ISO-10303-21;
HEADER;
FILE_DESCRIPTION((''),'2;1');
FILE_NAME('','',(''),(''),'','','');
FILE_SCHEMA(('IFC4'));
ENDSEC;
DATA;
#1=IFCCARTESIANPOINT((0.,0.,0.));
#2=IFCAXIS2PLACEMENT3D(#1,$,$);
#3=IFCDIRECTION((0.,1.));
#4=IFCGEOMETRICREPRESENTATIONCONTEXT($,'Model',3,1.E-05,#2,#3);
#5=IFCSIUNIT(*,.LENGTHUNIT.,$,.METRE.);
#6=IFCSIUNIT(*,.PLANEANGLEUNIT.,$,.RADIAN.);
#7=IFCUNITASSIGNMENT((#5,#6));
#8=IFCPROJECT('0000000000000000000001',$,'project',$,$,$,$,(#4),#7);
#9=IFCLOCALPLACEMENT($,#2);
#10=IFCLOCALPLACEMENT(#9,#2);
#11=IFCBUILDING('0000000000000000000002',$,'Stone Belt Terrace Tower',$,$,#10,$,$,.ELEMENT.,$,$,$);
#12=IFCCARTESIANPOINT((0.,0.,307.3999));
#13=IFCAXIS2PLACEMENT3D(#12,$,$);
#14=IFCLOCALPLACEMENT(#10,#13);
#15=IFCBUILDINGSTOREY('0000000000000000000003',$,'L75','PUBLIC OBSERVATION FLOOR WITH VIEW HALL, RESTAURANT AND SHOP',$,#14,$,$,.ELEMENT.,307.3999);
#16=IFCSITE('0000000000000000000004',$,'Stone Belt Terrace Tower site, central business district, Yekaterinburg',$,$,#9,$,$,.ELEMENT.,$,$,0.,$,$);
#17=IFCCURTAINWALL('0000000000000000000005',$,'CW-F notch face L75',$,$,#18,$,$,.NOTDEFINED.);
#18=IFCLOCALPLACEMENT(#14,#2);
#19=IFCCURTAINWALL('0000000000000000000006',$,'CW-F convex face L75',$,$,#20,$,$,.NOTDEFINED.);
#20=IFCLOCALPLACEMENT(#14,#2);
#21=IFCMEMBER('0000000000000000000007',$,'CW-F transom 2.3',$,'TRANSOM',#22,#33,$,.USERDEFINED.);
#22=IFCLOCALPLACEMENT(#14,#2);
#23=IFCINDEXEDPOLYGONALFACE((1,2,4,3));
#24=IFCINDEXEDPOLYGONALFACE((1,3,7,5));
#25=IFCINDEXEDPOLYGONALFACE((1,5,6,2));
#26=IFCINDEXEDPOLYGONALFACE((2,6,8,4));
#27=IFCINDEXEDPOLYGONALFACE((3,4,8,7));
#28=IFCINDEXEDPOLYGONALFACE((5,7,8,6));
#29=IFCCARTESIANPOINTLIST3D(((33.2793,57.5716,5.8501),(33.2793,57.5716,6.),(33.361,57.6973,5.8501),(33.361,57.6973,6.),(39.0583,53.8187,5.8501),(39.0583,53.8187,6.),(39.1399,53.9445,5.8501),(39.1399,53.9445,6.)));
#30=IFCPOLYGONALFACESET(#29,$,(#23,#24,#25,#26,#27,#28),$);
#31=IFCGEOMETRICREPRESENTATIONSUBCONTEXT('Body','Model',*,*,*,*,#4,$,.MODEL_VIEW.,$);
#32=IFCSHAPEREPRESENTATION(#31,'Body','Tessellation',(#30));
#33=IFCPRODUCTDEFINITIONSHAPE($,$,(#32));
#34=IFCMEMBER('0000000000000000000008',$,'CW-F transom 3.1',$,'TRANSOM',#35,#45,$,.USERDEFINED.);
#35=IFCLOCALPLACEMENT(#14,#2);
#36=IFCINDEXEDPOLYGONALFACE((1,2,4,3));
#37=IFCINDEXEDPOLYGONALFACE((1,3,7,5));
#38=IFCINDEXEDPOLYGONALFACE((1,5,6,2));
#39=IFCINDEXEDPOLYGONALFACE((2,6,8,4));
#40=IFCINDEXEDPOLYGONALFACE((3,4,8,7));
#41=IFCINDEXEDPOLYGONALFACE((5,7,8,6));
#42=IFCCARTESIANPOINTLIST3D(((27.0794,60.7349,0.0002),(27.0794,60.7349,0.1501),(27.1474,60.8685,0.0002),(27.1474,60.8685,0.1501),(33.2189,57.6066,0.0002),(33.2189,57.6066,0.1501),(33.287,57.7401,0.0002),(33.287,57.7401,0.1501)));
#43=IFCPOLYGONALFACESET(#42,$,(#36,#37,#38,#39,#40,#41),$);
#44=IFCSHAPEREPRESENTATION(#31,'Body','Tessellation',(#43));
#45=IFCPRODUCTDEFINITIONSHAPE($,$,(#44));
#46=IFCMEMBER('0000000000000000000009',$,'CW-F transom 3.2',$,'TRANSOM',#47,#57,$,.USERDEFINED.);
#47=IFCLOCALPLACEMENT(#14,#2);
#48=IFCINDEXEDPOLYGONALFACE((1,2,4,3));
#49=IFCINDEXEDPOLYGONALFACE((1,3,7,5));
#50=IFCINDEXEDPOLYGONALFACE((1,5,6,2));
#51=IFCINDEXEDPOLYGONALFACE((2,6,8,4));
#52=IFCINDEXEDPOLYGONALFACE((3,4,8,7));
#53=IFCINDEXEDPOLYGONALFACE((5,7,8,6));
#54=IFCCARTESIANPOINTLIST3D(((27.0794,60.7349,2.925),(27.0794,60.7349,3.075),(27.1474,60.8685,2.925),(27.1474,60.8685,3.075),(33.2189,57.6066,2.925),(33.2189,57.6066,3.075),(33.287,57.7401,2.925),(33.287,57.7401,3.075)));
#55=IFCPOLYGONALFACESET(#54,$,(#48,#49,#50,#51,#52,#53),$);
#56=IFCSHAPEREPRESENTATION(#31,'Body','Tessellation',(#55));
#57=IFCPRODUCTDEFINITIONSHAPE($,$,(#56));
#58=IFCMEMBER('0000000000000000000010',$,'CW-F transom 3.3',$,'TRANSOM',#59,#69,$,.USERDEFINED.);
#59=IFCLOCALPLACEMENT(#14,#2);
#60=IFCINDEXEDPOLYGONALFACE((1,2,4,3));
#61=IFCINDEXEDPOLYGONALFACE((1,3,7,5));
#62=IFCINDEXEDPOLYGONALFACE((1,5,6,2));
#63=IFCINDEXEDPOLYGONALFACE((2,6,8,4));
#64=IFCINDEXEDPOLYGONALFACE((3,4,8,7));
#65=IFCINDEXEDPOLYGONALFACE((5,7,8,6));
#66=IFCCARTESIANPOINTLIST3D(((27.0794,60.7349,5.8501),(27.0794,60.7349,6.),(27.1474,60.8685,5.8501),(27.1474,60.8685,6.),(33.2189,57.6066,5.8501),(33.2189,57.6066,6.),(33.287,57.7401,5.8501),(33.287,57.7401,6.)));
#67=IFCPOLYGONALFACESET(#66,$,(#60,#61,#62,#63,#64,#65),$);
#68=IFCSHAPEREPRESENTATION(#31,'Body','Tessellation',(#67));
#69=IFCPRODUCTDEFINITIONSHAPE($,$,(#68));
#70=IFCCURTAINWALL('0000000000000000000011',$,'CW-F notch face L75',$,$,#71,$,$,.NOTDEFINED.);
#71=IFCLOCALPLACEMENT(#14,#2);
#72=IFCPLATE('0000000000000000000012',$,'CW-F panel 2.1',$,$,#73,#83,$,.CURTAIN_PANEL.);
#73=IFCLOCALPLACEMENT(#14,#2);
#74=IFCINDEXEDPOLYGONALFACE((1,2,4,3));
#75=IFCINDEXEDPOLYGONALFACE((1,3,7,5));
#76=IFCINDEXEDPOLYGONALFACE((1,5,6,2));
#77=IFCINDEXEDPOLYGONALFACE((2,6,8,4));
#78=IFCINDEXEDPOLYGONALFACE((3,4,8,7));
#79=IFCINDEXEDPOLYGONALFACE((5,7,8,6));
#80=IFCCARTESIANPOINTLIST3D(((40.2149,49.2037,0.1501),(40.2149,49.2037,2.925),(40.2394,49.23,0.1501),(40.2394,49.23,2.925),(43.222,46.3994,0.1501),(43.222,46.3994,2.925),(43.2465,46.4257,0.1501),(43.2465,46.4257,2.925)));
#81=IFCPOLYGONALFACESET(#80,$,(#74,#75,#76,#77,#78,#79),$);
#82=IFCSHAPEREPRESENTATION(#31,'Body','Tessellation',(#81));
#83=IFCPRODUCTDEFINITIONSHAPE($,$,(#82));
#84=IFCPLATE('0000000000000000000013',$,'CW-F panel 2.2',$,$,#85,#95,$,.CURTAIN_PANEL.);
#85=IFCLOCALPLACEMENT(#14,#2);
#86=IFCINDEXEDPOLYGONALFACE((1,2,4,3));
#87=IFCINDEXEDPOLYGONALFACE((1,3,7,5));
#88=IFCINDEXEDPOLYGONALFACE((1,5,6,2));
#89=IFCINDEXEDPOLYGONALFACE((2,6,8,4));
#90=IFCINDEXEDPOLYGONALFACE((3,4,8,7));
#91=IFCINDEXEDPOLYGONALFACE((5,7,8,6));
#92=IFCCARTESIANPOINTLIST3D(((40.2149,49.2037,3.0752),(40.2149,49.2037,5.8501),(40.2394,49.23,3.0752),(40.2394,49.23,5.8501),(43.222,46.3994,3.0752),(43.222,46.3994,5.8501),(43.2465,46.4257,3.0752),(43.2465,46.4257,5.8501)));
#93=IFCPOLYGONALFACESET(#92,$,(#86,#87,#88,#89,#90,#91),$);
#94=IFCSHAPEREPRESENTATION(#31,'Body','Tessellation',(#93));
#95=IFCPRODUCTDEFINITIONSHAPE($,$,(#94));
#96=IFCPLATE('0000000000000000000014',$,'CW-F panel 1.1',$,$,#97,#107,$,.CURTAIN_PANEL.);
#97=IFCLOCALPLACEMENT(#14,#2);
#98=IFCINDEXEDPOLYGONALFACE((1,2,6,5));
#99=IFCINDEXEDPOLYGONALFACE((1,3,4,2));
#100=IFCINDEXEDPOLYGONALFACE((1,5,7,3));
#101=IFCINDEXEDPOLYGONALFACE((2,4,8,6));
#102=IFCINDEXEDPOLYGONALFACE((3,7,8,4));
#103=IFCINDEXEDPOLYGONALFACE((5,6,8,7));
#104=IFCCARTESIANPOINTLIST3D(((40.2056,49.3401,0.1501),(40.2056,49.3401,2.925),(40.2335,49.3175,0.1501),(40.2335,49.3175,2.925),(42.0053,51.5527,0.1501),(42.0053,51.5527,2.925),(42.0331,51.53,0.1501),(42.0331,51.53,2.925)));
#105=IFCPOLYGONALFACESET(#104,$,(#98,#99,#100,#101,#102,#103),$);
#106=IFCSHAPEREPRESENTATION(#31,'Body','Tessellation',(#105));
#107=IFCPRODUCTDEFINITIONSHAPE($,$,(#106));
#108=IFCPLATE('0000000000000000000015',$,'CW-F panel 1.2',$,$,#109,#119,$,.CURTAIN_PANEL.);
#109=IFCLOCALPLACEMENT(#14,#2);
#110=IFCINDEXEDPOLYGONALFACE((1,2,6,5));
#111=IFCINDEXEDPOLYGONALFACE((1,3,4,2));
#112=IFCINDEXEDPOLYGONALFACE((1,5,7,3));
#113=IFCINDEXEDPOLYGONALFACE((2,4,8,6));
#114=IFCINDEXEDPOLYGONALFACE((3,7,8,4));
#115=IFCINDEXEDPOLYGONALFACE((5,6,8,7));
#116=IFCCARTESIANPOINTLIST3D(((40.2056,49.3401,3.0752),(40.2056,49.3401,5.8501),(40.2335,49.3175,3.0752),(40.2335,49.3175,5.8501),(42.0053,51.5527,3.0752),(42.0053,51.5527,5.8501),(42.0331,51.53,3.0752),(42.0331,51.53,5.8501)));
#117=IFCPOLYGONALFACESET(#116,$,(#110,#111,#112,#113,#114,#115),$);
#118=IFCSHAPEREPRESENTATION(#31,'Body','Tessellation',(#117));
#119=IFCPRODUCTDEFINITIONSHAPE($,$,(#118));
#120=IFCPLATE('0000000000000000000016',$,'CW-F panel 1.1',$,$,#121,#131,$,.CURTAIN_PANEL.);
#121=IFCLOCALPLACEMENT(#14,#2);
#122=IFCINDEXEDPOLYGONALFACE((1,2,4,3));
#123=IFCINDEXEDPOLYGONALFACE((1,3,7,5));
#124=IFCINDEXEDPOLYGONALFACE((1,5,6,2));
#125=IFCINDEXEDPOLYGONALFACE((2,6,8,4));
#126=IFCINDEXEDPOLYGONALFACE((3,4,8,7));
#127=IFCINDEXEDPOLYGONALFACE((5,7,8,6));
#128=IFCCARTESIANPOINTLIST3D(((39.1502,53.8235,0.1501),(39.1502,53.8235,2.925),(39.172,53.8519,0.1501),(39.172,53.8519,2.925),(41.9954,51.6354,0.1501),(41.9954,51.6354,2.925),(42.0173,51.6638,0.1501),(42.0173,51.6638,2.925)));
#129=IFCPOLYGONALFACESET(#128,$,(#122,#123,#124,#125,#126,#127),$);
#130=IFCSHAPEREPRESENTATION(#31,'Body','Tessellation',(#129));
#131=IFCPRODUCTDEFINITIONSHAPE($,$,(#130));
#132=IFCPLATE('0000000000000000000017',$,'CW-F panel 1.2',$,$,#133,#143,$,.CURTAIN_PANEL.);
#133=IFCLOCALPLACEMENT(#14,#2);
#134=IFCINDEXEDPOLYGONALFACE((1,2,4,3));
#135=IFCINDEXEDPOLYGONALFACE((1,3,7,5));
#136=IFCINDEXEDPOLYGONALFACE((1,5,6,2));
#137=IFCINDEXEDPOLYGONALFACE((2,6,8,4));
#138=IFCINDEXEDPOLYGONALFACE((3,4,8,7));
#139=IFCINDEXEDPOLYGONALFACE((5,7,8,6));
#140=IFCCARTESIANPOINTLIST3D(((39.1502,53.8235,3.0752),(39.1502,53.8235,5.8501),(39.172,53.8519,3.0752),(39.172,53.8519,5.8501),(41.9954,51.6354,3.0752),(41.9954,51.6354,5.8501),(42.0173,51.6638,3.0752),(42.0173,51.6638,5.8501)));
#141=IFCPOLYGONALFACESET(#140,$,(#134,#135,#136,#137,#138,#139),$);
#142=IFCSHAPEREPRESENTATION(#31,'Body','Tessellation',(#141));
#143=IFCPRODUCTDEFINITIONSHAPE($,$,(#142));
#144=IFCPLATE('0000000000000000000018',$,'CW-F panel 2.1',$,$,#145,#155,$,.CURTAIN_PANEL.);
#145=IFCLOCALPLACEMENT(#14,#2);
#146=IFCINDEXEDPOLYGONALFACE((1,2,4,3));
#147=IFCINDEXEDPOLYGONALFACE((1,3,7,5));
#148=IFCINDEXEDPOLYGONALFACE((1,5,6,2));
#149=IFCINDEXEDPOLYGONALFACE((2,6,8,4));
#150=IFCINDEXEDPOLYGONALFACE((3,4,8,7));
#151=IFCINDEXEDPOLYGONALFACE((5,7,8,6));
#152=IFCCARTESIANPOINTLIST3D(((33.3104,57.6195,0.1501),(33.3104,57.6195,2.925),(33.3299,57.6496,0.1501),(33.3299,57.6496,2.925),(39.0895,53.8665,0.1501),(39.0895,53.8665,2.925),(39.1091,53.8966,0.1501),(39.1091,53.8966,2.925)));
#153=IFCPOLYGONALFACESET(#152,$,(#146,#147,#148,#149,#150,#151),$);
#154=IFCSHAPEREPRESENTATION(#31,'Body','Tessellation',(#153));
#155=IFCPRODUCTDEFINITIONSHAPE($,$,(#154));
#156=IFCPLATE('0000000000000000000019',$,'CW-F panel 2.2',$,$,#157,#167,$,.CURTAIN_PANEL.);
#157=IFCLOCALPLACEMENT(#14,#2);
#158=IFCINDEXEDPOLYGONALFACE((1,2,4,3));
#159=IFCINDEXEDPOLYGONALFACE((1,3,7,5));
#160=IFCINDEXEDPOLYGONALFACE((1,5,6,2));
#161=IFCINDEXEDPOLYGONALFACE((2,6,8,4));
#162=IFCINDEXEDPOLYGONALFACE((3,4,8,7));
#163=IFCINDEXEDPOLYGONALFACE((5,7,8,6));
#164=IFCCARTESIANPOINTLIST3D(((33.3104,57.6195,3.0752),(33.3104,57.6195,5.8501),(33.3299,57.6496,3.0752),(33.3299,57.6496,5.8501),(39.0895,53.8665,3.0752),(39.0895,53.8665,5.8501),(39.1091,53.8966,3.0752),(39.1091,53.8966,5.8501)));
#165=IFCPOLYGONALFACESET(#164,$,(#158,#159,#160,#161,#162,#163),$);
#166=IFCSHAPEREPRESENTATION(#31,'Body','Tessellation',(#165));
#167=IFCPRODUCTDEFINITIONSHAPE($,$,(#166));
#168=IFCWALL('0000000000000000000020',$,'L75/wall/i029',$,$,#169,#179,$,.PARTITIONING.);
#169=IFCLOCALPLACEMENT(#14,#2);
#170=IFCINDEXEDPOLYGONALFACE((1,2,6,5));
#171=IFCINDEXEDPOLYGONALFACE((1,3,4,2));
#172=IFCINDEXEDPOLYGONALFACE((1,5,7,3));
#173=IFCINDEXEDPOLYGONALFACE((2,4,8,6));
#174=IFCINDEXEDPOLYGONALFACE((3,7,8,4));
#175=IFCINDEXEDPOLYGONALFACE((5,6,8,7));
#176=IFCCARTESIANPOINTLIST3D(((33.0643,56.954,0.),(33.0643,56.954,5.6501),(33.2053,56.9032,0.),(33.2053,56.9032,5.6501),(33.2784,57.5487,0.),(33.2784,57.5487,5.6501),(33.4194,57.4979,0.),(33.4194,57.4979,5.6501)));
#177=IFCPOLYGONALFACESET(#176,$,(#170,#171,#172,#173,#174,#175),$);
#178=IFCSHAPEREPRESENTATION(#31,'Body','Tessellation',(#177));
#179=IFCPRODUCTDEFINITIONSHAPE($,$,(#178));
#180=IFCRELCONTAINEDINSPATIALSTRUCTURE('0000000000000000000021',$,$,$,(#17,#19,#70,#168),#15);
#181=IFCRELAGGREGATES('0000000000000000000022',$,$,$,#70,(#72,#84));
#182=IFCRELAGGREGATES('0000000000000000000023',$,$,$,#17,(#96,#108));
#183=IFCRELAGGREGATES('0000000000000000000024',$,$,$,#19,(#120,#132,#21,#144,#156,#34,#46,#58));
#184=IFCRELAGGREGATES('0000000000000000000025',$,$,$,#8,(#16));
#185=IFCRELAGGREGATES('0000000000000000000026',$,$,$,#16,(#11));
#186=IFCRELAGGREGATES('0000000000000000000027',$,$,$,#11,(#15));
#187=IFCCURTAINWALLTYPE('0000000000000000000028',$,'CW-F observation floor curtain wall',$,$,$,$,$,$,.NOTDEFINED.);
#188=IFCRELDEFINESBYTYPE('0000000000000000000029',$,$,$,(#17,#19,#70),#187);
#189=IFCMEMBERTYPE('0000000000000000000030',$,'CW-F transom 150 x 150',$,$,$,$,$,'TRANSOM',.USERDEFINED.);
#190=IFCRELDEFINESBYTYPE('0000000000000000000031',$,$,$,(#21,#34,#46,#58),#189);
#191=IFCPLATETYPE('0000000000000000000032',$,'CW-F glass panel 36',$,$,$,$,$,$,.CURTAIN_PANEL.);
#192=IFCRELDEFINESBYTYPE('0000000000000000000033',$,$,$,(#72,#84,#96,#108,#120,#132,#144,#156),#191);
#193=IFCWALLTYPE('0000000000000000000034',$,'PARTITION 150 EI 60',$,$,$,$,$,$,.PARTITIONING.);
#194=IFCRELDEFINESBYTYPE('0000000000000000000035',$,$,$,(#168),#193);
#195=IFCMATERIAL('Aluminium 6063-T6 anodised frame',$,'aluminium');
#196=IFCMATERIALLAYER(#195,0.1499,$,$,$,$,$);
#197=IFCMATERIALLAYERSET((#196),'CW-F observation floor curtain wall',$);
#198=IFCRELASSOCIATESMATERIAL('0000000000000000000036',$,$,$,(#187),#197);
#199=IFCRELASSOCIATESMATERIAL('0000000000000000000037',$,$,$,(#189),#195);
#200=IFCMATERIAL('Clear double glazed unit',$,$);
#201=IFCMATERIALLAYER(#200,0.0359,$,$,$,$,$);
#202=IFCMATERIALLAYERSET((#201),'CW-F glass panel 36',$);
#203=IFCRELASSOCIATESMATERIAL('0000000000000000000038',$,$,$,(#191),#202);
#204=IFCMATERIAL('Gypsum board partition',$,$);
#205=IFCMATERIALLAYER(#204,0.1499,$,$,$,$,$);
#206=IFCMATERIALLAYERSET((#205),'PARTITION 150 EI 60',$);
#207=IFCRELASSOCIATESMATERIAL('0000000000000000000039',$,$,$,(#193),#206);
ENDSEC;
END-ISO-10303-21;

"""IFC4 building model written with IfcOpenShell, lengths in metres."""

from ifc_helpers import new_model, si_unit, direction, frame, frame_2d, origin, origin_2d, place, context, subcontext, project, spatial, rectangle, extrude, material, layer, layer_set, material_profile, profile_set, type_object, element, aggregate, save


model = new_model("IFC4")

# Units and contexts
model_context = context("Model", 3, precision=1e-05, world=origin(), true_north=direction((0.0, 1.0)))
body_context = subcontext(model_context, "Body", "Model", "MODEL_VIEW")
ifc_project = project(units=[si_unit("LENGTHUNIT", "METRE"), si_unit("PLANEANGLEUNIT", "RADIAN")], contexts=[model_context])

# Site, building, storey
site_placement = place(None, origin())
site = spatial("IfcSite", under=ifc_project, at=site_placement, Name="Stone Belt Terrace Tower site, central business district, Yekaterinburg", CompositionType="ELEMENT", RefElevation=0.0)
building_placement = place(site_placement, origin())
building = spatial("IfcBuilding", under=site, at=building_placement, Name="Stone Belt Terrace Tower", CompositionType="ELEMENT")
storey_placement = place(building_placement, frame((0.0, 0.0, 307.3999)))
storey = spatial("IfcBuildingStorey", under=building, at=storey_placement, Name="L75", Description="PUBLIC OBSERVATION FLOOR WITH VIEW HALL, RESTAURANT AND SHOP", CompositionType="ELEMENT", Elevation=307.3999)

# Curtain wall
ifc_material_1 = material(Name="Aluminium 6063-T6 anodised frame", Category="aluminium")
ifc_layer_1 = layer(ifc_material_1, 0.1499)
ifc_layer_set_1 = layer_set([ifc_layer_1], Name="CW-F observation floor curtain wall")
curtain_wall_type = type_object("IfcCurtainWallType", Name="CW-F observation floor curtain wall", PredefinedType="NOTDEFINED", material=ifc_layer_set_1)
curtain_wall_1_placement = place(storey_placement, origin())
curtain_wall_1 = element("IfcCurtainWall", 1, at=curtain_wall_1_placement, inside=storey, type_object=curtain_wall_type, Name="CW-F notch face L75", PredefinedType="NOTDEFINED")

# Curtain wall
curtain_wall_2_placement = place(storey_placement, origin())
curtain_wall_2 = element("IfcCurtainWall", 2, at=curtain_wall_2_placement, inside=storey, type_object=curtain_wall_type, Name="CW-F convex face L75", PredefinedType="NOTDEFINED")

# Members
ifc_material_profile_1 = material_profile(ifc_material_1, rectangle(XDim=0.1499, YDim=0.1499, at=origin_2d()), Name="Aluminium 6063-T6 150x150")
ifc_profile_set_1 = profile_set([ifc_material_profile_1], Name="Aluminium 6063-T6 anodised frame")
member_type_1 = type_object("IfcMemberType", Name="CW-F transom 150 x 150", ElementType="TRANSOM", PredefinedType="USERDEFINED", material=ifc_profile_set_1)
member_1_placement = place(storey_placement, frame((39.0991, 53.8816, 5.925), z_axis=(-0.838673, 0.544636, 0.0), x_axis=(-0.544636, -0.838673, 0.0)))
member_1 = element("IfcMember", 3, at=member_1_placement, type_object=member_type_1, Name="CW-F transom 2.3", ObjectType="TRANSOM", PredefinedType="USERDEFINED", context=body_context, shape_type="SweptSolid", body=[
    extrude(rectangle(XDim=0.1499, YDim=0.1499, at=origin_2d()), origin(), (0.0, 0.0, 1.0), 6.8906),
])
member_2_placement = place(storey_placement, frame((33.2529, 57.6733, 0.0752), z_axis=(-0.891, 0.454003, 0.0), x_axis=(-0.454003, -0.891, 0.0)))
member_2 = element("IfcMember", 4, at=member_2_placement, type_object=member_type_1, Name="CW-F transom 3.1", ObjectType="TRANSOM", PredefinedType="USERDEFINED", context=body_context, shape_type="SweptSolid", body=[
    extrude(rectangle(XDim=0.1499, YDim=0.1499, at=origin_2d()), origin(), (0.0, 0.0, 1.0), 6.8906),
])
member_3_placement = place(storey_placement, frame((33.2529, 57.6733, 3.0), z_axis=(-0.891, 0.454003, 0.0), x_axis=(-0.454003, -0.891, 0.0)))
member_3 = element("IfcMember", 5, at=member_3_placement, type_object=member_type_1, Name="CW-F transom 3.2", ObjectType="TRANSOM", PredefinedType="USERDEFINED", context=body_context, shape_type="SweptSolid", body=[
    extrude(rectangle(XDim=0.1499, YDim=0.1499, at=origin_2d()), origin(), (0.0, 0.0, 1.0), 6.8906),
])
member_4_placement = place(storey_placement, frame((33.2529, 57.6733, 5.925), z_axis=(-0.891, 0.454003, 0.0), x_axis=(-0.454003, -0.891, 0.0)))
member_4 = element("IfcMember", 6, at=member_4_placement, type_object=member_type_1, Name="CW-F transom 3.3", ObjectType="TRANSOM", PredefinedType="USERDEFINED", context=body_context, shape_type="SweptSolid", body=[
    extrude(rectangle(XDim=0.1499, YDim=0.1499, at=origin_2d()), origin(), (0.0, 0.0, 1.0), 6.8906),
])

# Curtain wall, plates
curtain_wall_3_placement = place(storey_placement, origin())
curtain_wall_3 = element("IfcCurtainWall", 7, at=curtain_wall_3_placement, inside=storey, type_object=curtain_wall_type, Name="CW-F notch face L75", PredefinedType="NOTDEFINED")
ifc_material_2 = material(Name="Clear double glazed unit")
ifc_layer_2 = layer(ifc_material_2, 0.0359)
ifc_layer_set_2 = layer_set([ifc_layer_2], Name="CW-F glass panel 36")
plate_type = type_object("IfcPlateType", Name="CW-F glass panel 36", PredefinedType="CURTAIN_PANEL", material=ifc_layer_set_2)
plate_1_placement = place(storey_placement, frame((41.7307, 47.8147, 0.1501), z_axis=(0.0, 0.0, 1.0), x_axis=(-0.731339, 0.682014, 0.0)))
plate_1 = element("IfcPlate", 8, at=plate_1_placement, type_object=plate_type, Name="CW-F panel 2.1", PredefinedType="CURTAIN_PANEL", context=body_context, shape_type="SweptSolid", body=[
    extrude(rectangle(XDim=4.1118, YDim=0.0359, at=origin_2d()), origin(), (0.0, 0.0, 1.0), 2.7749),
])
plate_2_placement = place(storey_placement, frame((41.7307, 47.8147, 3.0752), z_axis=(0.0, 0.0, 1.0), x_axis=(-0.731339, 0.682014, 0.0)))
plate_2 = element("IfcPlate", 9, at=plate_2_placement, type_object=plate_type, Name="CW-F panel 2.2", PredefinedType="CURTAIN_PANEL", context=body_context, shape_type="SweptSolid", body=[
    extrude(rectangle(XDim=4.1118, YDim=0.0359, at=origin_2d()), origin(), (0.0, 0.0, 1.0), 2.7749),
])
aggregate(curtain_wall_3, [plate_1, plate_2])

# Plates
plate_3_placement = place(storey_placement, frame((41.1194, 50.4351, 0.1501), z_axis=(0.0, 0.0, 1.0), x_axis=(0.631001, 0.775782, 0.0)))
plate_3 = element("IfcPlate", 10, at=plate_3_placement, type_object=plate_type, Name="CW-F panel 1.1", PredefinedType="CURTAIN_PANEL", context=body_context, shape_type="SweptSolid", body=[
    extrude(rectangle(XDim=2.8521, YDim=0.0359, at=origin_2d()), origin(), (0.0, 0.0, 1.0), 2.7749),
])
plate_4_placement = place(storey_placement, frame((41.1194, 50.4351, 3.0752), z_axis=(0.0, 0.0, 1.0), x_axis=(0.631001, 0.775782, 0.0)))
plate_4 = element("IfcPlate", 11, at=plate_4_placement, type_object=plate_type, Name="CW-F panel 1.2", PredefinedType="CURTAIN_PANEL", context=body_context, shape_type="SweptSolid", body=[
    extrude(rectangle(XDim=2.8521, YDim=0.0359, at=origin_2d()), origin(), (0.0, 0.0, 1.0), 2.7749),
])
aggregate(curtain_wall_1, [plate_3, plate_4])
plate_5_placement = place(storey_placement, frame((40.5837, 52.7437, 0.1501), z_axis=(0.0, 0.0, 1.0), x_axis=(-0.792694, 0.60962, 0.0)))
plate_5 = element("IfcPlate", 12, at=plate_5_placement, type_object=plate_type, Name="CW-F panel 1.1", PredefinedType="CURTAIN_PANEL", context=body_context, shape_type="SweptSolid", body=[
    extrude(rectangle(XDim=3.5894, YDim=0.0359, at=origin_2d()), origin(), (0.0, 0.0, 1.0), 2.7749),
])
plate_6_placement = place(storey_placement, frame((40.5837, 52.7437, 3.0752), z_axis=(0.0, 0.0, 1.0), x_axis=(-0.792694, 0.60962, 0.0)))
plate_6 = element("IfcPlate", 13, at=plate_6_placement, type_object=plate_type, Name="CW-F panel 1.2", PredefinedType="CURTAIN_PANEL", context=body_context, shape_type="SweptSolid", body=[
    extrude(rectangle(XDim=3.5894, YDim=0.0359, at=origin_2d()), origin(), (0.0, 0.0, 1.0), 2.7749),
])
plate_7_placement = place(storey_placement, frame((36.2097, 55.7581, 0.1501), z_axis=(0.0, 0.0, 1.0), x_axis=(-0.838671, 0.544639, 0.0)))
plate_7 = element("IfcPlate", 14, at=plate_7_placement, type_object=plate_type, Name="CW-F panel 2.1", PredefinedType="CURTAIN_PANEL", context=body_context, shape_type="SweptSolid", body=[
    extrude(rectangle(XDim=6.8909, YDim=0.0359, at=origin_2d()), origin(), (0.0, 0.0, 1.0), 2.7749),
])
plate_8_placement = place(storey_placement, frame((36.2097, 55.7581, 3.0752), z_axis=(0.0, 0.0, 1.0), x_axis=(-0.838671, 0.544639, 0.0)))
plate_8 = element("IfcPlate", 15, at=plate_8_placement, type_object=plate_type, Name="CW-F panel 2.2", PredefinedType="CURTAIN_PANEL", context=body_context, shape_type="SweptSolid", body=[
    extrude(rectangle(XDim=6.8909, YDim=0.0359, at=origin_2d()), origin(), (0.0, 0.0, 1.0), 2.7749),
])
aggregate(curtain_wall_2, [plate_5, plate_6, member_1, plate_7, plate_8, member_2, member_3, member_4])

# Wall
ifc_material_3 = material(Name="Gypsum board partition")
ifc_layer_3 = layer(ifc_material_3, 0.1499)
ifc_layer_set_3 = layer_set([ifc_layer_3], Name="PARTITION 150 EI 60")
wall_type = type_object("IfcWallType", Name="PARTITION 150 EI 60", PredefinedType="PARTITIONING", material=ifc_layer_set_3)
wall_1_placement = place(storey_placement, frame((33.3489, 57.5232, 0.0), z_axis=(0.0, 0.0, 1.0), x_axis=(-0.338733, -0.940882, 0.0)))
element("IfcWall", 16, at=wall_1_placement, inside=storey, type_object=wall_type, Name="L75/wall/i029", PredefinedType="PARTITIONING", context=body_context, shape_type="SweptSolid", body=[
    extrude(rectangle(XDim=0.6321, YDim=0.1499, at=frame_2d((0.3159, 0.0))), origin(), (0.0, 0.0, 1.0), 5.6501),
])

save(model, "model.ifc")
